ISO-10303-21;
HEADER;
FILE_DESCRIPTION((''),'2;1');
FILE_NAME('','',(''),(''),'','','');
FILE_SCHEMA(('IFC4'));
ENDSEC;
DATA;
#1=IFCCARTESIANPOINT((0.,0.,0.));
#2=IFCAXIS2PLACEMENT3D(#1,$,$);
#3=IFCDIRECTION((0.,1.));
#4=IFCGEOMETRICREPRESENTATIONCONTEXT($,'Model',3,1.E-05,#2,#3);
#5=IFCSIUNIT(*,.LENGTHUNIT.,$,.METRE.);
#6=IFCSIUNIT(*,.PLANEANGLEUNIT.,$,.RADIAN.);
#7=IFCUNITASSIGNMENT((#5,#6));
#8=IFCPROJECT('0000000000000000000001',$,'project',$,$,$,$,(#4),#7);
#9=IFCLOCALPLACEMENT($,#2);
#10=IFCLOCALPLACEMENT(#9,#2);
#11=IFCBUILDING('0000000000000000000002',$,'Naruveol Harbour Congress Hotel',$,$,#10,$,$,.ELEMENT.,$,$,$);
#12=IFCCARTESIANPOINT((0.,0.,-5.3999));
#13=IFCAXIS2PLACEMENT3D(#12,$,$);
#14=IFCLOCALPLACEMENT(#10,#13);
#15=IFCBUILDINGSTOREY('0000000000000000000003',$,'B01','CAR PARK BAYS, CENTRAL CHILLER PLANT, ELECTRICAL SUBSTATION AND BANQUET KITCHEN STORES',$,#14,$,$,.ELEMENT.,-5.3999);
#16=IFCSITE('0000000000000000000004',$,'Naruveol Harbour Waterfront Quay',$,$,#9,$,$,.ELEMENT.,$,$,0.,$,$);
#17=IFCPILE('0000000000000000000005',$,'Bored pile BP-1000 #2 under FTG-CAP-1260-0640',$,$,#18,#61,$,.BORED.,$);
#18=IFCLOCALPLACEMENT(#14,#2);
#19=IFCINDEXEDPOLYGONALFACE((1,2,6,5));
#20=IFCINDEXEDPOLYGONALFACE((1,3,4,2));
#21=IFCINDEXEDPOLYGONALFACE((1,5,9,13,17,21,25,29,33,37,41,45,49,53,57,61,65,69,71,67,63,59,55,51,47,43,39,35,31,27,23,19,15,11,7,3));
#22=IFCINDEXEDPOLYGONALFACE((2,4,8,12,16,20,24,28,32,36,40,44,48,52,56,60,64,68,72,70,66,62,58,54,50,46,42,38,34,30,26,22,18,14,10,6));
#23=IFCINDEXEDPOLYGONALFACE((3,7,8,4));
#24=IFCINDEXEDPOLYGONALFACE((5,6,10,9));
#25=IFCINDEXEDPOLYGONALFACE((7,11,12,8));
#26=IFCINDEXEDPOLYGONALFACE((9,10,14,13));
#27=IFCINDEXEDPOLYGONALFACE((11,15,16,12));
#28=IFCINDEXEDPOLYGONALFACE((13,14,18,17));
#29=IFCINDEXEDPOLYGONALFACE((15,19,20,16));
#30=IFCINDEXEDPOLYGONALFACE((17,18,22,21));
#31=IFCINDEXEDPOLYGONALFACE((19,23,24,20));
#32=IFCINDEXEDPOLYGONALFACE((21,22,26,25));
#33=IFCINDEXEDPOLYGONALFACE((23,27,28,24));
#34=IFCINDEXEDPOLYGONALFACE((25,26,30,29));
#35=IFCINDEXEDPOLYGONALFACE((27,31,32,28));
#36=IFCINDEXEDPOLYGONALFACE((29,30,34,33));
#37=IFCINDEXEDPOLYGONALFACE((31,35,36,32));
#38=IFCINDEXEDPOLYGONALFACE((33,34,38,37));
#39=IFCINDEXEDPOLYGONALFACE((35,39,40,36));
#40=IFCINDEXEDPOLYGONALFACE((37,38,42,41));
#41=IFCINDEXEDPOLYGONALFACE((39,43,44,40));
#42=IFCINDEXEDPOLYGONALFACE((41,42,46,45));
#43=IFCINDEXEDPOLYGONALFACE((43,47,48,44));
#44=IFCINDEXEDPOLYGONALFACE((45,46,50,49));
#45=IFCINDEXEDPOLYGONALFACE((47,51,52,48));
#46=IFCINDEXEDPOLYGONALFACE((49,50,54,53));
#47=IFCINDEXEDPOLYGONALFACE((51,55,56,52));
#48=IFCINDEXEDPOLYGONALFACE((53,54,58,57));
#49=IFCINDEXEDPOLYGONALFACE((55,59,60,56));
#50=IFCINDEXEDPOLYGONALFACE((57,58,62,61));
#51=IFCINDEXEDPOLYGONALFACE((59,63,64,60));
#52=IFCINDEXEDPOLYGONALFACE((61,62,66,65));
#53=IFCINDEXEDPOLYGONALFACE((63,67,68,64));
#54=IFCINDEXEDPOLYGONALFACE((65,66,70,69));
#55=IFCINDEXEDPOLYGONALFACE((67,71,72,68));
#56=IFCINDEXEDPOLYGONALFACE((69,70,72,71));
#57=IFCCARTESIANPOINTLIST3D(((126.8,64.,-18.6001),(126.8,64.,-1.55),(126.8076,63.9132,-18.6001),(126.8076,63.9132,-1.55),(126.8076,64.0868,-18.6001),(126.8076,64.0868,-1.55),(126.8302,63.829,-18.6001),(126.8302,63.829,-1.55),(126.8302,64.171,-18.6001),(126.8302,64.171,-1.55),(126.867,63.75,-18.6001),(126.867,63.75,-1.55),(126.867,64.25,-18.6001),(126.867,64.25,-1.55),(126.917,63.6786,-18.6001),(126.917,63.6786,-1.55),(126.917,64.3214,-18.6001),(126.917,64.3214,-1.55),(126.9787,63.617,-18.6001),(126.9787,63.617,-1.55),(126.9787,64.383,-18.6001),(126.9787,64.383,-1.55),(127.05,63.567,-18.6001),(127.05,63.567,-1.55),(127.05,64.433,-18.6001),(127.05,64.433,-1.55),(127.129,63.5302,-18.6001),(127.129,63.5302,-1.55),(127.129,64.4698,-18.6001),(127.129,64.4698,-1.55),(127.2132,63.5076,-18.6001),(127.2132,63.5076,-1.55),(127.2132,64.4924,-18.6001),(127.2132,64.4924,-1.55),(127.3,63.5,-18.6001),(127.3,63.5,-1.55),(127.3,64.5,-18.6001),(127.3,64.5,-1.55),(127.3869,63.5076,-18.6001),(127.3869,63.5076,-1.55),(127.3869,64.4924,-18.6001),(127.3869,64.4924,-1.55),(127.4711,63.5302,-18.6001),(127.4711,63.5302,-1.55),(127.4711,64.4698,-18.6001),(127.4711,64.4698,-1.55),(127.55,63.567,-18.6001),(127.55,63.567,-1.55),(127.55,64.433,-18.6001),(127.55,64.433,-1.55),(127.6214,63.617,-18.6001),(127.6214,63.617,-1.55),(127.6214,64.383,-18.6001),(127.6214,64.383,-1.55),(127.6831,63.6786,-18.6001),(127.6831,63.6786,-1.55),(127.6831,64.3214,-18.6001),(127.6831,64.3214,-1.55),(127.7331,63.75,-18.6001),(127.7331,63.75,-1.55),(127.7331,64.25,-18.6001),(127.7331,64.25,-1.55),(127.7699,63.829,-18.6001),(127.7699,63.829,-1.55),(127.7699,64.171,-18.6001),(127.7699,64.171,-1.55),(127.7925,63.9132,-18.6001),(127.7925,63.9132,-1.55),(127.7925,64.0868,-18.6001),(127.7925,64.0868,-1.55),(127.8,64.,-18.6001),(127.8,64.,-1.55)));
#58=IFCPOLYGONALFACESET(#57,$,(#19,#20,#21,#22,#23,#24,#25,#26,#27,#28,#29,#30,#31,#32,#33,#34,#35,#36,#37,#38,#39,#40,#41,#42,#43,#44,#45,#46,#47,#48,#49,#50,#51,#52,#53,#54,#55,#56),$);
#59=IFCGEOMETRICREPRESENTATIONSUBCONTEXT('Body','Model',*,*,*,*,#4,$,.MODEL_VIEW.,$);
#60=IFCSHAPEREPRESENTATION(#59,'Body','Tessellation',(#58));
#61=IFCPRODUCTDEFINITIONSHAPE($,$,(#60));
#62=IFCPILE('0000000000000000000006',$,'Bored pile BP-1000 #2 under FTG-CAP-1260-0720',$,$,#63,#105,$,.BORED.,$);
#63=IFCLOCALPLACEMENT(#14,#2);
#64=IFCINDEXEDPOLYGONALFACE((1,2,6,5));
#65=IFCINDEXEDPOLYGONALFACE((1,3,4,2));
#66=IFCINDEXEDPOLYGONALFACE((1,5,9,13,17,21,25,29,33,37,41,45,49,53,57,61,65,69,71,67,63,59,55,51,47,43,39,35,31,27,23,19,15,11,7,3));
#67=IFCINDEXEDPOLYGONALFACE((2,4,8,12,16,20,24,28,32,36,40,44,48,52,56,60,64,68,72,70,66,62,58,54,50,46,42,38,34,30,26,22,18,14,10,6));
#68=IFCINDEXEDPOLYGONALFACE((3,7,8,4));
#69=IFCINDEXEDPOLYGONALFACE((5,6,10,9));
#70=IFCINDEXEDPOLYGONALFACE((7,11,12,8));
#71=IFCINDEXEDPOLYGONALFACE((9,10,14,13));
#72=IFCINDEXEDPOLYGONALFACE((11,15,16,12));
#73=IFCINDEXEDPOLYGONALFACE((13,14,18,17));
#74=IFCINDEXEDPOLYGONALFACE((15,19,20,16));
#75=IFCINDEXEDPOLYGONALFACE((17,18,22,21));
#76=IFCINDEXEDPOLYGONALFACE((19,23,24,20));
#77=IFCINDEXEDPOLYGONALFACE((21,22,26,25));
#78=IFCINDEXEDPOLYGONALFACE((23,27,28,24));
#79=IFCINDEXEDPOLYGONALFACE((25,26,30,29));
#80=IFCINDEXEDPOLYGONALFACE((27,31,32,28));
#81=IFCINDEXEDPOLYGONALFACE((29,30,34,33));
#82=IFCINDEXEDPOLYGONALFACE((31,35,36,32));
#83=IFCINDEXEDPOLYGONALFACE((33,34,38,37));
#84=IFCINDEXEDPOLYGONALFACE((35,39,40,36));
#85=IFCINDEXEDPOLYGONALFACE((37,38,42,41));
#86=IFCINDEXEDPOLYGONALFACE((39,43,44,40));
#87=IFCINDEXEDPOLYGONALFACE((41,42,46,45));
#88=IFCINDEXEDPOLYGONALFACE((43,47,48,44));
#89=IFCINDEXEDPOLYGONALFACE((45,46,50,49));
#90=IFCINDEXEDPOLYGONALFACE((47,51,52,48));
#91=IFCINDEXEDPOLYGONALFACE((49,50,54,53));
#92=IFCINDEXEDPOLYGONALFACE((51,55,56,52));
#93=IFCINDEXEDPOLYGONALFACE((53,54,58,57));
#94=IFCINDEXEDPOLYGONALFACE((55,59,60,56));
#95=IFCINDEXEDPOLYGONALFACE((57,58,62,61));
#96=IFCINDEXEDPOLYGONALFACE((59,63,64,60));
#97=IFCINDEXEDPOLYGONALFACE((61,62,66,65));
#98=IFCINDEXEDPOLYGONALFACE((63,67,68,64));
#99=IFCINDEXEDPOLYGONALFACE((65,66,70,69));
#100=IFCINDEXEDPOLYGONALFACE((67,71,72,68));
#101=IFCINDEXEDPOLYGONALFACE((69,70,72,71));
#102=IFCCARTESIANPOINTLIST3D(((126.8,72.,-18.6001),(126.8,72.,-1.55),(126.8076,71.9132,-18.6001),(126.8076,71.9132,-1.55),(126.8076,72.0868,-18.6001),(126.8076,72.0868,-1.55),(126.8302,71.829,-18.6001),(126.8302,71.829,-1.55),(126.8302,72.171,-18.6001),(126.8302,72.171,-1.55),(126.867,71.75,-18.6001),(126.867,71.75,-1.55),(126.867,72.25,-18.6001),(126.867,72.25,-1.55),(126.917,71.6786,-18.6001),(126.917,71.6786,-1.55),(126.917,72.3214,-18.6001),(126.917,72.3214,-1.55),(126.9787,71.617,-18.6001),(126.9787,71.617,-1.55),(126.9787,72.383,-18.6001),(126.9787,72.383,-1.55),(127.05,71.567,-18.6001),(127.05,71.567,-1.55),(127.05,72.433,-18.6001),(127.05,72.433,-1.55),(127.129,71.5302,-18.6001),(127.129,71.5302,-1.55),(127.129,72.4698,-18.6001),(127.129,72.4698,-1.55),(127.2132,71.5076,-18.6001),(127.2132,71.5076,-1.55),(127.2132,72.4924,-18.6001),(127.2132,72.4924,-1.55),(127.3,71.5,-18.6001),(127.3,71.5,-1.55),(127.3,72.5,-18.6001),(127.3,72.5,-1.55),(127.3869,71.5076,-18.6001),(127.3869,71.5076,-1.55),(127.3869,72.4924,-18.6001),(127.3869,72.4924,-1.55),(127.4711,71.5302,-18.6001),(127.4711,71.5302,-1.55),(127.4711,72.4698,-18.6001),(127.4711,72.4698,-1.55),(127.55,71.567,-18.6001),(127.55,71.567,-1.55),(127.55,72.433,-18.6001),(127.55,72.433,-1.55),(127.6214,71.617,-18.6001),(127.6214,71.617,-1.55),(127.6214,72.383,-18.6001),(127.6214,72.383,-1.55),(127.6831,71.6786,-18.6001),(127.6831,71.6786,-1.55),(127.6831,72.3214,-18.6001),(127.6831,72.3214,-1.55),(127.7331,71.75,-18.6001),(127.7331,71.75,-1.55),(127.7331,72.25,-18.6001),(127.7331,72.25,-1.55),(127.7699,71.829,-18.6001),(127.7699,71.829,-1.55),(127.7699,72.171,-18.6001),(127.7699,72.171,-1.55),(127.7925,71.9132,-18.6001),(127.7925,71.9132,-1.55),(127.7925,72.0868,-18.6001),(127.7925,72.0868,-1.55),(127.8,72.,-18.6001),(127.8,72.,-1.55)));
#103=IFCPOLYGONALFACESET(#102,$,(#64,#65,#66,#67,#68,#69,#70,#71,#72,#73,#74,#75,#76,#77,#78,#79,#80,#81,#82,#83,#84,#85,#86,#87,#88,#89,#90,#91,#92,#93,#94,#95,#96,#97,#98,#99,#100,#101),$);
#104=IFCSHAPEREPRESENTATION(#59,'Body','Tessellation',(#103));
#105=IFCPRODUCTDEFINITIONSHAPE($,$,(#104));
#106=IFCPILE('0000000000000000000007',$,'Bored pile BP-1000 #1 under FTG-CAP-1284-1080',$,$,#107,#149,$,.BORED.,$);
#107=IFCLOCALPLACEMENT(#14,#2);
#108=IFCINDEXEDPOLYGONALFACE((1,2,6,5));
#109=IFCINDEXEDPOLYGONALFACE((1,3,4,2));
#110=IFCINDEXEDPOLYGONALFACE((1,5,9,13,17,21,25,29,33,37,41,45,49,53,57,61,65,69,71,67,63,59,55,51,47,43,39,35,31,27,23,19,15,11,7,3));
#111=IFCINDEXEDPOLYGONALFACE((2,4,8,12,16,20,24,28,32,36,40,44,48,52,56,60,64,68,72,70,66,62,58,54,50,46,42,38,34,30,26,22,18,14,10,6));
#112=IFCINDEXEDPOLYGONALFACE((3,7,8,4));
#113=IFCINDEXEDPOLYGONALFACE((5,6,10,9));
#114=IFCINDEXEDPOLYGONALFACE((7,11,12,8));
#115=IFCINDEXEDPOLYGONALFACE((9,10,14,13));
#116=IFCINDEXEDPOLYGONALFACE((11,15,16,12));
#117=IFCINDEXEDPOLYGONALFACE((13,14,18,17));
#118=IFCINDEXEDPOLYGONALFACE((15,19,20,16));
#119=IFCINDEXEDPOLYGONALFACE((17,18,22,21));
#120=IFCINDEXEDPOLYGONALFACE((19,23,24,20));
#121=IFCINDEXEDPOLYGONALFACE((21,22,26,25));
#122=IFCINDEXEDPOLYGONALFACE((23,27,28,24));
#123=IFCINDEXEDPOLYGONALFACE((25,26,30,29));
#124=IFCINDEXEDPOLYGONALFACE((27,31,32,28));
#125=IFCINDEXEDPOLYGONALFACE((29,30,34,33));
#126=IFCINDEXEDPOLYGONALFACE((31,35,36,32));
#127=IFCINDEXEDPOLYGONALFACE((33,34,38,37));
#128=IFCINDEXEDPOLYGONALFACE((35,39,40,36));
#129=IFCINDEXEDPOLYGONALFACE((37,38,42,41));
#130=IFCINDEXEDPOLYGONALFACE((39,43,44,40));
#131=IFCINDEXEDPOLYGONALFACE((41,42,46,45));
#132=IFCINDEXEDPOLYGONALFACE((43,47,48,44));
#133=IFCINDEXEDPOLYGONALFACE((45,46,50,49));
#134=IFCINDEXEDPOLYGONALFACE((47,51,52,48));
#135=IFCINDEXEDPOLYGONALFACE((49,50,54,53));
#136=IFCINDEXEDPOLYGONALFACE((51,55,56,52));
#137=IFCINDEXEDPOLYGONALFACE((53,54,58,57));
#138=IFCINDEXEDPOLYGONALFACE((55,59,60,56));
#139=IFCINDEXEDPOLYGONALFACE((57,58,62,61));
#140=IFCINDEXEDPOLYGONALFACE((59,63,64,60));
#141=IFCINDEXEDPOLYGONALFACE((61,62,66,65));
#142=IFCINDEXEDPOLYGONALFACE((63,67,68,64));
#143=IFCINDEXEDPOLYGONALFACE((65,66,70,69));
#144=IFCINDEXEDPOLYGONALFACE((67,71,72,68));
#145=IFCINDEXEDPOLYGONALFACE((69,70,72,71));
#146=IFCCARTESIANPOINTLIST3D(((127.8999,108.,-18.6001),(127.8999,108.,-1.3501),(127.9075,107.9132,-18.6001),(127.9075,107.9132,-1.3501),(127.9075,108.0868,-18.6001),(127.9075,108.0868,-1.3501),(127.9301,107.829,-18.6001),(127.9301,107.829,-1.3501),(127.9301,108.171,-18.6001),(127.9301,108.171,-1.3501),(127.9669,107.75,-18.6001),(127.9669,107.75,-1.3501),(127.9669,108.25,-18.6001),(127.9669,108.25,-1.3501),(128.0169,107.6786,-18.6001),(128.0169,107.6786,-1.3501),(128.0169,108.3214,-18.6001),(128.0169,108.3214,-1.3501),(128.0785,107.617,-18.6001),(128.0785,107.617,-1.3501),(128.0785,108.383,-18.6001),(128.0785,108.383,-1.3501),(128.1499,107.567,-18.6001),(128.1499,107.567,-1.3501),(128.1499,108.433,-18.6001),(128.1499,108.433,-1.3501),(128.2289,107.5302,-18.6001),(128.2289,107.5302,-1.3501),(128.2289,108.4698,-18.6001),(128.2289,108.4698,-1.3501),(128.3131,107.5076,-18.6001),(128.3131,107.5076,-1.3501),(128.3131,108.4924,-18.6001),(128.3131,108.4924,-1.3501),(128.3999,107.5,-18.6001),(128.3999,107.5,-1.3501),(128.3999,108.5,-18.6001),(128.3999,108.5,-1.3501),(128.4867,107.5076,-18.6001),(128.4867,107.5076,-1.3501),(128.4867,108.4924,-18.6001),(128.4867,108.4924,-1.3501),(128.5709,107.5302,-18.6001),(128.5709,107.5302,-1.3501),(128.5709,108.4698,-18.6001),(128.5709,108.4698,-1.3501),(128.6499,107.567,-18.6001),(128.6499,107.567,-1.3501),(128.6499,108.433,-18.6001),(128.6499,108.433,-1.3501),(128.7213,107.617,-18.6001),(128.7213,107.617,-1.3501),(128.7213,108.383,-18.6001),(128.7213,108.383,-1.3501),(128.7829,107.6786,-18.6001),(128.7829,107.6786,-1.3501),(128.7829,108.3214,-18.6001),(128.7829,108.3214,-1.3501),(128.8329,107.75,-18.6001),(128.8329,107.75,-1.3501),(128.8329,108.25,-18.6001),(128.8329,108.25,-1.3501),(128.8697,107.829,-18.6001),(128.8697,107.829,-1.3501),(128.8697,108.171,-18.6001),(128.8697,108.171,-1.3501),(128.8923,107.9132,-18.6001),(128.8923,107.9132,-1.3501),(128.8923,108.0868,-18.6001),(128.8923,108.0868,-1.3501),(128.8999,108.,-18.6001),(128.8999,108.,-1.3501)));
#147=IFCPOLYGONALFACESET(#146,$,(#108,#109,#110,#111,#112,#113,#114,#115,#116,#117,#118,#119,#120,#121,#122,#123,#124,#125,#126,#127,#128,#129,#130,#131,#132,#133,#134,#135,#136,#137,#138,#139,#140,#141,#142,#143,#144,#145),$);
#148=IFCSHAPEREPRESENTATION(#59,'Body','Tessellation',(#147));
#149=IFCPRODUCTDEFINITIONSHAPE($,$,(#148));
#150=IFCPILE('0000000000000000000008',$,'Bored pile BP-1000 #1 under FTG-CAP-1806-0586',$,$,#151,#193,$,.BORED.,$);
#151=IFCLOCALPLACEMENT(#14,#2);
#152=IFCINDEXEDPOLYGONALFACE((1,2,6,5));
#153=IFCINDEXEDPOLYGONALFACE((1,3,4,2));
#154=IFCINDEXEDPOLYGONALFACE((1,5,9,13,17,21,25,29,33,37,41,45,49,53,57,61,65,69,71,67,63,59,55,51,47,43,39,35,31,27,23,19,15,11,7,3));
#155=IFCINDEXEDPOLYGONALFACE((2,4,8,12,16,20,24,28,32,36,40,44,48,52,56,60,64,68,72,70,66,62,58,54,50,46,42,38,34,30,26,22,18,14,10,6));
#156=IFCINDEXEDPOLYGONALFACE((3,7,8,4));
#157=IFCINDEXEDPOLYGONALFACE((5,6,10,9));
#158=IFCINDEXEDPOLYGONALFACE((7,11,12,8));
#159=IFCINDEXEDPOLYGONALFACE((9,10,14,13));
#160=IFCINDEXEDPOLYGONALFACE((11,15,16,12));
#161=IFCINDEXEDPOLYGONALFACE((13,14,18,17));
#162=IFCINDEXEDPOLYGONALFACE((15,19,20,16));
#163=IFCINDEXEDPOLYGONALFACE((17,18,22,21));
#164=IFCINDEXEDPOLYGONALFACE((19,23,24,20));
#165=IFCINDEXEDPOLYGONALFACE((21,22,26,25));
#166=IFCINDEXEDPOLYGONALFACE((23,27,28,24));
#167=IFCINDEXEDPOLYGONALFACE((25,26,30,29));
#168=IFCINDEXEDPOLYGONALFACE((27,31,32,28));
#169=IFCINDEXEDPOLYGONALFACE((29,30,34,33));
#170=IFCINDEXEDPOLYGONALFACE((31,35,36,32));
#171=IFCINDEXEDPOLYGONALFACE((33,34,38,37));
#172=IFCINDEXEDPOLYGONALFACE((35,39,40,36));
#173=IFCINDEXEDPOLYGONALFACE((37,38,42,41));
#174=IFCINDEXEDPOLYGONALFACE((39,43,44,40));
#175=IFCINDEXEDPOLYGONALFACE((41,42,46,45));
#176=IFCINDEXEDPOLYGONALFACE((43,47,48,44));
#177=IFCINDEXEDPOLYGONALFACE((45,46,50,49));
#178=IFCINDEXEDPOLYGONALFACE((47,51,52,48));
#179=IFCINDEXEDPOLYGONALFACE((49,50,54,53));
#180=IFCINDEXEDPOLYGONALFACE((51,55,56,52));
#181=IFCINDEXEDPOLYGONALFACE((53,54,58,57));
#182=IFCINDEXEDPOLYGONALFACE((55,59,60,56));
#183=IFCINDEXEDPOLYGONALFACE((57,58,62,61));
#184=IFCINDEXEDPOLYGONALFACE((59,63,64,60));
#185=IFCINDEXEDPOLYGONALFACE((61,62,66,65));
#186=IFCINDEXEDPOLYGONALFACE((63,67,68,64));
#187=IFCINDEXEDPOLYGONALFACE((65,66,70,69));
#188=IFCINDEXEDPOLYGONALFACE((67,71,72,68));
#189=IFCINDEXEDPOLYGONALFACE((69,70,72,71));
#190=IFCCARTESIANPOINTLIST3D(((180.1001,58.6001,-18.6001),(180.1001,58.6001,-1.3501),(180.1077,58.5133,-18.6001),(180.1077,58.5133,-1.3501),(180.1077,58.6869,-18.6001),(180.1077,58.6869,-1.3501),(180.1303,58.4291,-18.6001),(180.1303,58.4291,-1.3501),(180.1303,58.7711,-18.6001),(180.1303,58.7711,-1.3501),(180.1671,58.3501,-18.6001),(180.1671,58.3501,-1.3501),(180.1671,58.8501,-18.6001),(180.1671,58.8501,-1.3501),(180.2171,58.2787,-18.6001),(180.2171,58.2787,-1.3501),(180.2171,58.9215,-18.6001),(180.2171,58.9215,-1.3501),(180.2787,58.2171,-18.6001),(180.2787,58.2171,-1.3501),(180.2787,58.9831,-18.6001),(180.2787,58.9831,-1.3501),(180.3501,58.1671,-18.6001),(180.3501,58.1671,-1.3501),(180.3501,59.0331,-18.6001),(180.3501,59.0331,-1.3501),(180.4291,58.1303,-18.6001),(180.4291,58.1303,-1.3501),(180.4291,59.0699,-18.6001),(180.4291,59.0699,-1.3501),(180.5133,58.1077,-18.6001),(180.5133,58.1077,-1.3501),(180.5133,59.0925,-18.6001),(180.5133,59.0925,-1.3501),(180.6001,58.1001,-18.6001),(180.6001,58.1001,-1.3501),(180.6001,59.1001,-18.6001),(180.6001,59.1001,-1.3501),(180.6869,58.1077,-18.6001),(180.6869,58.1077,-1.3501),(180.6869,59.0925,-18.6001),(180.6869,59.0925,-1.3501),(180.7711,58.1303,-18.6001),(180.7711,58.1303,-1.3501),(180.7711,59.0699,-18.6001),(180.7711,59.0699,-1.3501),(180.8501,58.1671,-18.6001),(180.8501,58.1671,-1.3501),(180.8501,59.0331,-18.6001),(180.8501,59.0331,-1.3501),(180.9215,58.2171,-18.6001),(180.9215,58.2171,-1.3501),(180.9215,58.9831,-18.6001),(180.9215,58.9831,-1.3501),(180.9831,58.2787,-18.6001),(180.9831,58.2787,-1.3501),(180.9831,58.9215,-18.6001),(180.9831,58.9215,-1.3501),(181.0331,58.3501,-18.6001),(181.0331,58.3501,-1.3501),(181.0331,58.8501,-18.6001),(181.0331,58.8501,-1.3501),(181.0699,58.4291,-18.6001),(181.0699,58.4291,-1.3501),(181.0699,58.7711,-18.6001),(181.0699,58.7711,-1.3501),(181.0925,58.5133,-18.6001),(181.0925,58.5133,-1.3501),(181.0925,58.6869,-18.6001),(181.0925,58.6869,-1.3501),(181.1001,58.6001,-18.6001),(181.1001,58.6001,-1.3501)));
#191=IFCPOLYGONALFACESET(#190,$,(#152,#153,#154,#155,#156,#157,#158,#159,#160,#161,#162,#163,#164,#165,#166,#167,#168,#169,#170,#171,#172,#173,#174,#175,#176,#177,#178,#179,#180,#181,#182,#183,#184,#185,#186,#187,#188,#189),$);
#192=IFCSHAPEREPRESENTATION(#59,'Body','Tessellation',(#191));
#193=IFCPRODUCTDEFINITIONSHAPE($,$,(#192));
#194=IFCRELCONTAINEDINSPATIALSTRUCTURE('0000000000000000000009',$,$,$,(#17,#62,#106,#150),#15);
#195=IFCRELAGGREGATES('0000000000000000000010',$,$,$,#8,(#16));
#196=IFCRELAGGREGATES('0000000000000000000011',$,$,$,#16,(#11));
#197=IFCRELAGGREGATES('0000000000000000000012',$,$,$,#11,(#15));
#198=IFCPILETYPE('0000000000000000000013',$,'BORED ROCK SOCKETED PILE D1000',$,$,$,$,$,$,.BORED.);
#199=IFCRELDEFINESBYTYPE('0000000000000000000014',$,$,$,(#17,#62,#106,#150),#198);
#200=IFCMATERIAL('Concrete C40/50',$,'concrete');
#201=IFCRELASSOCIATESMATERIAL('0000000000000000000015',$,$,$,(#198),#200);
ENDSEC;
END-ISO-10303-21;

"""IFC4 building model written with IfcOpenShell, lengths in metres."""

from ifc_helpers import new_model, si_unit, direction, frame, origin, origin_2d, place, context, subcontext, project, spatial, circle, extrude, material, material_profile, profile_set, type_object, element, save


model = new_model("IFC4")

# Units and contexts
model_context = context("Model", 3, precision=1e-05, world=origin(), true_north=direction((0.0, 1.0)))
body_context = subcontext(model_context, "Body", "Model", "MODEL_VIEW")
ifc_project = project(units=[si_unit("LENGTHUNIT", "METRE"), si_unit("PLANEANGLEUNIT", "RADIAN")], contexts=[model_context])

# Site, building, storey
site_placement = place(None, origin())
site = spatial("IfcSite", under=ifc_project, at=site_placement, Name="Naruveol Harbour Waterfront Quay", CompositionType="ELEMENT", RefElevation=0.0)
building_placement = place(site_placement, origin())
building = spatial("IfcBuilding", under=site, at=building_placement, Name="Naruveol Harbour Congress Hotel", CompositionType="ELEMENT")
storey_placement = place(building_placement, frame((0.0, 0.0, -5.3999)))
storey = spatial("IfcBuildingStorey", under=building, at=storey_placement, Name="B01", Description="CAR PARK BAYS, CENTRAL CHILLER PLANT, ELECTRICAL SUBSTATION AND BANQUET KITCHEN STORES", CompositionType="ELEMENT", Elevation=-5.3999)

# Piles
ifc_material_1 = material(Name="Concrete C40/50", Category="concrete")
ifc_material_profile_1 = material_profile(ifc_material_1, circle(Radius=0.5, at=origin_2d()), Name="BP-1000")
ifc_profile_set_1 = profile_set([ifc_material_profile_1], Name="Concrete C40/50")
pile_type_1 = type_object("IfcPileType", Name="BORED ROCK SOCKETED PILE D1000", PredefinedType="BORED", material=ifc_profile_set_1)
for number, where, z_axis, x_axis, name in (
    (1, (127.3, 64.0, -1.55), (0.0, 0.0, -1.0), (1.0, 0.0, 0.0), "Bored pile BP-1000 #2 under FTG-CAP-1260-0640"),
    (2, (127.3, 72.0, -1.55), (0.0, 0.0, -1.0), (1.0, 0.0, 0.0), "Bored pile BP-1000 #2 under FTG-CAP-1260-0720"),
):
    element("IfcPile", number, at=place(storey_placement, frame(where, z_axis=z_axis, x_axis=x_axis)), inside=storey, type_object=pile_type_1, Name=name, PredefinedType="BORED", context=body_context, shape_type="SweptSolid", body=[
        extrude(circle(Radius=0.5, at=origin_2d()), origin(), (0.0, 0.0, 1.0), 17.05),
    ])
for number, where, z_axis, x_axis, name in (
    (3, (128.3999, 108.0, -1.3501), (0.0, 0.0, -1.0), (1.0, 0.0, 0.0), "Bored pile BP-1000 #1 under FTG-CAP-1284-1080"),
    (4, (180.6001, 58.6001, -1.3501), (0.0, 0.0, -1.0), (1.0, 0.0, 0.0), "Bored pile BP-1000 #1 under FTG-CAP-1806-0586"),
):
    element("IfcPile", number, at=place(storey_placement, frame(where, z_axis=z_axis, x_axis=x_axis)), inside=storey, type_object=pile_type_1, Name=name, PredefinedType="BORED", context=body_context, shape_type="SweptSolid", body=[
        extrude(circle(Radius=0.5, at=origin_2d()), origin(), (0.0, 0.0, 1.0), 17.25),
    ])

save(model, "model.ifc")
